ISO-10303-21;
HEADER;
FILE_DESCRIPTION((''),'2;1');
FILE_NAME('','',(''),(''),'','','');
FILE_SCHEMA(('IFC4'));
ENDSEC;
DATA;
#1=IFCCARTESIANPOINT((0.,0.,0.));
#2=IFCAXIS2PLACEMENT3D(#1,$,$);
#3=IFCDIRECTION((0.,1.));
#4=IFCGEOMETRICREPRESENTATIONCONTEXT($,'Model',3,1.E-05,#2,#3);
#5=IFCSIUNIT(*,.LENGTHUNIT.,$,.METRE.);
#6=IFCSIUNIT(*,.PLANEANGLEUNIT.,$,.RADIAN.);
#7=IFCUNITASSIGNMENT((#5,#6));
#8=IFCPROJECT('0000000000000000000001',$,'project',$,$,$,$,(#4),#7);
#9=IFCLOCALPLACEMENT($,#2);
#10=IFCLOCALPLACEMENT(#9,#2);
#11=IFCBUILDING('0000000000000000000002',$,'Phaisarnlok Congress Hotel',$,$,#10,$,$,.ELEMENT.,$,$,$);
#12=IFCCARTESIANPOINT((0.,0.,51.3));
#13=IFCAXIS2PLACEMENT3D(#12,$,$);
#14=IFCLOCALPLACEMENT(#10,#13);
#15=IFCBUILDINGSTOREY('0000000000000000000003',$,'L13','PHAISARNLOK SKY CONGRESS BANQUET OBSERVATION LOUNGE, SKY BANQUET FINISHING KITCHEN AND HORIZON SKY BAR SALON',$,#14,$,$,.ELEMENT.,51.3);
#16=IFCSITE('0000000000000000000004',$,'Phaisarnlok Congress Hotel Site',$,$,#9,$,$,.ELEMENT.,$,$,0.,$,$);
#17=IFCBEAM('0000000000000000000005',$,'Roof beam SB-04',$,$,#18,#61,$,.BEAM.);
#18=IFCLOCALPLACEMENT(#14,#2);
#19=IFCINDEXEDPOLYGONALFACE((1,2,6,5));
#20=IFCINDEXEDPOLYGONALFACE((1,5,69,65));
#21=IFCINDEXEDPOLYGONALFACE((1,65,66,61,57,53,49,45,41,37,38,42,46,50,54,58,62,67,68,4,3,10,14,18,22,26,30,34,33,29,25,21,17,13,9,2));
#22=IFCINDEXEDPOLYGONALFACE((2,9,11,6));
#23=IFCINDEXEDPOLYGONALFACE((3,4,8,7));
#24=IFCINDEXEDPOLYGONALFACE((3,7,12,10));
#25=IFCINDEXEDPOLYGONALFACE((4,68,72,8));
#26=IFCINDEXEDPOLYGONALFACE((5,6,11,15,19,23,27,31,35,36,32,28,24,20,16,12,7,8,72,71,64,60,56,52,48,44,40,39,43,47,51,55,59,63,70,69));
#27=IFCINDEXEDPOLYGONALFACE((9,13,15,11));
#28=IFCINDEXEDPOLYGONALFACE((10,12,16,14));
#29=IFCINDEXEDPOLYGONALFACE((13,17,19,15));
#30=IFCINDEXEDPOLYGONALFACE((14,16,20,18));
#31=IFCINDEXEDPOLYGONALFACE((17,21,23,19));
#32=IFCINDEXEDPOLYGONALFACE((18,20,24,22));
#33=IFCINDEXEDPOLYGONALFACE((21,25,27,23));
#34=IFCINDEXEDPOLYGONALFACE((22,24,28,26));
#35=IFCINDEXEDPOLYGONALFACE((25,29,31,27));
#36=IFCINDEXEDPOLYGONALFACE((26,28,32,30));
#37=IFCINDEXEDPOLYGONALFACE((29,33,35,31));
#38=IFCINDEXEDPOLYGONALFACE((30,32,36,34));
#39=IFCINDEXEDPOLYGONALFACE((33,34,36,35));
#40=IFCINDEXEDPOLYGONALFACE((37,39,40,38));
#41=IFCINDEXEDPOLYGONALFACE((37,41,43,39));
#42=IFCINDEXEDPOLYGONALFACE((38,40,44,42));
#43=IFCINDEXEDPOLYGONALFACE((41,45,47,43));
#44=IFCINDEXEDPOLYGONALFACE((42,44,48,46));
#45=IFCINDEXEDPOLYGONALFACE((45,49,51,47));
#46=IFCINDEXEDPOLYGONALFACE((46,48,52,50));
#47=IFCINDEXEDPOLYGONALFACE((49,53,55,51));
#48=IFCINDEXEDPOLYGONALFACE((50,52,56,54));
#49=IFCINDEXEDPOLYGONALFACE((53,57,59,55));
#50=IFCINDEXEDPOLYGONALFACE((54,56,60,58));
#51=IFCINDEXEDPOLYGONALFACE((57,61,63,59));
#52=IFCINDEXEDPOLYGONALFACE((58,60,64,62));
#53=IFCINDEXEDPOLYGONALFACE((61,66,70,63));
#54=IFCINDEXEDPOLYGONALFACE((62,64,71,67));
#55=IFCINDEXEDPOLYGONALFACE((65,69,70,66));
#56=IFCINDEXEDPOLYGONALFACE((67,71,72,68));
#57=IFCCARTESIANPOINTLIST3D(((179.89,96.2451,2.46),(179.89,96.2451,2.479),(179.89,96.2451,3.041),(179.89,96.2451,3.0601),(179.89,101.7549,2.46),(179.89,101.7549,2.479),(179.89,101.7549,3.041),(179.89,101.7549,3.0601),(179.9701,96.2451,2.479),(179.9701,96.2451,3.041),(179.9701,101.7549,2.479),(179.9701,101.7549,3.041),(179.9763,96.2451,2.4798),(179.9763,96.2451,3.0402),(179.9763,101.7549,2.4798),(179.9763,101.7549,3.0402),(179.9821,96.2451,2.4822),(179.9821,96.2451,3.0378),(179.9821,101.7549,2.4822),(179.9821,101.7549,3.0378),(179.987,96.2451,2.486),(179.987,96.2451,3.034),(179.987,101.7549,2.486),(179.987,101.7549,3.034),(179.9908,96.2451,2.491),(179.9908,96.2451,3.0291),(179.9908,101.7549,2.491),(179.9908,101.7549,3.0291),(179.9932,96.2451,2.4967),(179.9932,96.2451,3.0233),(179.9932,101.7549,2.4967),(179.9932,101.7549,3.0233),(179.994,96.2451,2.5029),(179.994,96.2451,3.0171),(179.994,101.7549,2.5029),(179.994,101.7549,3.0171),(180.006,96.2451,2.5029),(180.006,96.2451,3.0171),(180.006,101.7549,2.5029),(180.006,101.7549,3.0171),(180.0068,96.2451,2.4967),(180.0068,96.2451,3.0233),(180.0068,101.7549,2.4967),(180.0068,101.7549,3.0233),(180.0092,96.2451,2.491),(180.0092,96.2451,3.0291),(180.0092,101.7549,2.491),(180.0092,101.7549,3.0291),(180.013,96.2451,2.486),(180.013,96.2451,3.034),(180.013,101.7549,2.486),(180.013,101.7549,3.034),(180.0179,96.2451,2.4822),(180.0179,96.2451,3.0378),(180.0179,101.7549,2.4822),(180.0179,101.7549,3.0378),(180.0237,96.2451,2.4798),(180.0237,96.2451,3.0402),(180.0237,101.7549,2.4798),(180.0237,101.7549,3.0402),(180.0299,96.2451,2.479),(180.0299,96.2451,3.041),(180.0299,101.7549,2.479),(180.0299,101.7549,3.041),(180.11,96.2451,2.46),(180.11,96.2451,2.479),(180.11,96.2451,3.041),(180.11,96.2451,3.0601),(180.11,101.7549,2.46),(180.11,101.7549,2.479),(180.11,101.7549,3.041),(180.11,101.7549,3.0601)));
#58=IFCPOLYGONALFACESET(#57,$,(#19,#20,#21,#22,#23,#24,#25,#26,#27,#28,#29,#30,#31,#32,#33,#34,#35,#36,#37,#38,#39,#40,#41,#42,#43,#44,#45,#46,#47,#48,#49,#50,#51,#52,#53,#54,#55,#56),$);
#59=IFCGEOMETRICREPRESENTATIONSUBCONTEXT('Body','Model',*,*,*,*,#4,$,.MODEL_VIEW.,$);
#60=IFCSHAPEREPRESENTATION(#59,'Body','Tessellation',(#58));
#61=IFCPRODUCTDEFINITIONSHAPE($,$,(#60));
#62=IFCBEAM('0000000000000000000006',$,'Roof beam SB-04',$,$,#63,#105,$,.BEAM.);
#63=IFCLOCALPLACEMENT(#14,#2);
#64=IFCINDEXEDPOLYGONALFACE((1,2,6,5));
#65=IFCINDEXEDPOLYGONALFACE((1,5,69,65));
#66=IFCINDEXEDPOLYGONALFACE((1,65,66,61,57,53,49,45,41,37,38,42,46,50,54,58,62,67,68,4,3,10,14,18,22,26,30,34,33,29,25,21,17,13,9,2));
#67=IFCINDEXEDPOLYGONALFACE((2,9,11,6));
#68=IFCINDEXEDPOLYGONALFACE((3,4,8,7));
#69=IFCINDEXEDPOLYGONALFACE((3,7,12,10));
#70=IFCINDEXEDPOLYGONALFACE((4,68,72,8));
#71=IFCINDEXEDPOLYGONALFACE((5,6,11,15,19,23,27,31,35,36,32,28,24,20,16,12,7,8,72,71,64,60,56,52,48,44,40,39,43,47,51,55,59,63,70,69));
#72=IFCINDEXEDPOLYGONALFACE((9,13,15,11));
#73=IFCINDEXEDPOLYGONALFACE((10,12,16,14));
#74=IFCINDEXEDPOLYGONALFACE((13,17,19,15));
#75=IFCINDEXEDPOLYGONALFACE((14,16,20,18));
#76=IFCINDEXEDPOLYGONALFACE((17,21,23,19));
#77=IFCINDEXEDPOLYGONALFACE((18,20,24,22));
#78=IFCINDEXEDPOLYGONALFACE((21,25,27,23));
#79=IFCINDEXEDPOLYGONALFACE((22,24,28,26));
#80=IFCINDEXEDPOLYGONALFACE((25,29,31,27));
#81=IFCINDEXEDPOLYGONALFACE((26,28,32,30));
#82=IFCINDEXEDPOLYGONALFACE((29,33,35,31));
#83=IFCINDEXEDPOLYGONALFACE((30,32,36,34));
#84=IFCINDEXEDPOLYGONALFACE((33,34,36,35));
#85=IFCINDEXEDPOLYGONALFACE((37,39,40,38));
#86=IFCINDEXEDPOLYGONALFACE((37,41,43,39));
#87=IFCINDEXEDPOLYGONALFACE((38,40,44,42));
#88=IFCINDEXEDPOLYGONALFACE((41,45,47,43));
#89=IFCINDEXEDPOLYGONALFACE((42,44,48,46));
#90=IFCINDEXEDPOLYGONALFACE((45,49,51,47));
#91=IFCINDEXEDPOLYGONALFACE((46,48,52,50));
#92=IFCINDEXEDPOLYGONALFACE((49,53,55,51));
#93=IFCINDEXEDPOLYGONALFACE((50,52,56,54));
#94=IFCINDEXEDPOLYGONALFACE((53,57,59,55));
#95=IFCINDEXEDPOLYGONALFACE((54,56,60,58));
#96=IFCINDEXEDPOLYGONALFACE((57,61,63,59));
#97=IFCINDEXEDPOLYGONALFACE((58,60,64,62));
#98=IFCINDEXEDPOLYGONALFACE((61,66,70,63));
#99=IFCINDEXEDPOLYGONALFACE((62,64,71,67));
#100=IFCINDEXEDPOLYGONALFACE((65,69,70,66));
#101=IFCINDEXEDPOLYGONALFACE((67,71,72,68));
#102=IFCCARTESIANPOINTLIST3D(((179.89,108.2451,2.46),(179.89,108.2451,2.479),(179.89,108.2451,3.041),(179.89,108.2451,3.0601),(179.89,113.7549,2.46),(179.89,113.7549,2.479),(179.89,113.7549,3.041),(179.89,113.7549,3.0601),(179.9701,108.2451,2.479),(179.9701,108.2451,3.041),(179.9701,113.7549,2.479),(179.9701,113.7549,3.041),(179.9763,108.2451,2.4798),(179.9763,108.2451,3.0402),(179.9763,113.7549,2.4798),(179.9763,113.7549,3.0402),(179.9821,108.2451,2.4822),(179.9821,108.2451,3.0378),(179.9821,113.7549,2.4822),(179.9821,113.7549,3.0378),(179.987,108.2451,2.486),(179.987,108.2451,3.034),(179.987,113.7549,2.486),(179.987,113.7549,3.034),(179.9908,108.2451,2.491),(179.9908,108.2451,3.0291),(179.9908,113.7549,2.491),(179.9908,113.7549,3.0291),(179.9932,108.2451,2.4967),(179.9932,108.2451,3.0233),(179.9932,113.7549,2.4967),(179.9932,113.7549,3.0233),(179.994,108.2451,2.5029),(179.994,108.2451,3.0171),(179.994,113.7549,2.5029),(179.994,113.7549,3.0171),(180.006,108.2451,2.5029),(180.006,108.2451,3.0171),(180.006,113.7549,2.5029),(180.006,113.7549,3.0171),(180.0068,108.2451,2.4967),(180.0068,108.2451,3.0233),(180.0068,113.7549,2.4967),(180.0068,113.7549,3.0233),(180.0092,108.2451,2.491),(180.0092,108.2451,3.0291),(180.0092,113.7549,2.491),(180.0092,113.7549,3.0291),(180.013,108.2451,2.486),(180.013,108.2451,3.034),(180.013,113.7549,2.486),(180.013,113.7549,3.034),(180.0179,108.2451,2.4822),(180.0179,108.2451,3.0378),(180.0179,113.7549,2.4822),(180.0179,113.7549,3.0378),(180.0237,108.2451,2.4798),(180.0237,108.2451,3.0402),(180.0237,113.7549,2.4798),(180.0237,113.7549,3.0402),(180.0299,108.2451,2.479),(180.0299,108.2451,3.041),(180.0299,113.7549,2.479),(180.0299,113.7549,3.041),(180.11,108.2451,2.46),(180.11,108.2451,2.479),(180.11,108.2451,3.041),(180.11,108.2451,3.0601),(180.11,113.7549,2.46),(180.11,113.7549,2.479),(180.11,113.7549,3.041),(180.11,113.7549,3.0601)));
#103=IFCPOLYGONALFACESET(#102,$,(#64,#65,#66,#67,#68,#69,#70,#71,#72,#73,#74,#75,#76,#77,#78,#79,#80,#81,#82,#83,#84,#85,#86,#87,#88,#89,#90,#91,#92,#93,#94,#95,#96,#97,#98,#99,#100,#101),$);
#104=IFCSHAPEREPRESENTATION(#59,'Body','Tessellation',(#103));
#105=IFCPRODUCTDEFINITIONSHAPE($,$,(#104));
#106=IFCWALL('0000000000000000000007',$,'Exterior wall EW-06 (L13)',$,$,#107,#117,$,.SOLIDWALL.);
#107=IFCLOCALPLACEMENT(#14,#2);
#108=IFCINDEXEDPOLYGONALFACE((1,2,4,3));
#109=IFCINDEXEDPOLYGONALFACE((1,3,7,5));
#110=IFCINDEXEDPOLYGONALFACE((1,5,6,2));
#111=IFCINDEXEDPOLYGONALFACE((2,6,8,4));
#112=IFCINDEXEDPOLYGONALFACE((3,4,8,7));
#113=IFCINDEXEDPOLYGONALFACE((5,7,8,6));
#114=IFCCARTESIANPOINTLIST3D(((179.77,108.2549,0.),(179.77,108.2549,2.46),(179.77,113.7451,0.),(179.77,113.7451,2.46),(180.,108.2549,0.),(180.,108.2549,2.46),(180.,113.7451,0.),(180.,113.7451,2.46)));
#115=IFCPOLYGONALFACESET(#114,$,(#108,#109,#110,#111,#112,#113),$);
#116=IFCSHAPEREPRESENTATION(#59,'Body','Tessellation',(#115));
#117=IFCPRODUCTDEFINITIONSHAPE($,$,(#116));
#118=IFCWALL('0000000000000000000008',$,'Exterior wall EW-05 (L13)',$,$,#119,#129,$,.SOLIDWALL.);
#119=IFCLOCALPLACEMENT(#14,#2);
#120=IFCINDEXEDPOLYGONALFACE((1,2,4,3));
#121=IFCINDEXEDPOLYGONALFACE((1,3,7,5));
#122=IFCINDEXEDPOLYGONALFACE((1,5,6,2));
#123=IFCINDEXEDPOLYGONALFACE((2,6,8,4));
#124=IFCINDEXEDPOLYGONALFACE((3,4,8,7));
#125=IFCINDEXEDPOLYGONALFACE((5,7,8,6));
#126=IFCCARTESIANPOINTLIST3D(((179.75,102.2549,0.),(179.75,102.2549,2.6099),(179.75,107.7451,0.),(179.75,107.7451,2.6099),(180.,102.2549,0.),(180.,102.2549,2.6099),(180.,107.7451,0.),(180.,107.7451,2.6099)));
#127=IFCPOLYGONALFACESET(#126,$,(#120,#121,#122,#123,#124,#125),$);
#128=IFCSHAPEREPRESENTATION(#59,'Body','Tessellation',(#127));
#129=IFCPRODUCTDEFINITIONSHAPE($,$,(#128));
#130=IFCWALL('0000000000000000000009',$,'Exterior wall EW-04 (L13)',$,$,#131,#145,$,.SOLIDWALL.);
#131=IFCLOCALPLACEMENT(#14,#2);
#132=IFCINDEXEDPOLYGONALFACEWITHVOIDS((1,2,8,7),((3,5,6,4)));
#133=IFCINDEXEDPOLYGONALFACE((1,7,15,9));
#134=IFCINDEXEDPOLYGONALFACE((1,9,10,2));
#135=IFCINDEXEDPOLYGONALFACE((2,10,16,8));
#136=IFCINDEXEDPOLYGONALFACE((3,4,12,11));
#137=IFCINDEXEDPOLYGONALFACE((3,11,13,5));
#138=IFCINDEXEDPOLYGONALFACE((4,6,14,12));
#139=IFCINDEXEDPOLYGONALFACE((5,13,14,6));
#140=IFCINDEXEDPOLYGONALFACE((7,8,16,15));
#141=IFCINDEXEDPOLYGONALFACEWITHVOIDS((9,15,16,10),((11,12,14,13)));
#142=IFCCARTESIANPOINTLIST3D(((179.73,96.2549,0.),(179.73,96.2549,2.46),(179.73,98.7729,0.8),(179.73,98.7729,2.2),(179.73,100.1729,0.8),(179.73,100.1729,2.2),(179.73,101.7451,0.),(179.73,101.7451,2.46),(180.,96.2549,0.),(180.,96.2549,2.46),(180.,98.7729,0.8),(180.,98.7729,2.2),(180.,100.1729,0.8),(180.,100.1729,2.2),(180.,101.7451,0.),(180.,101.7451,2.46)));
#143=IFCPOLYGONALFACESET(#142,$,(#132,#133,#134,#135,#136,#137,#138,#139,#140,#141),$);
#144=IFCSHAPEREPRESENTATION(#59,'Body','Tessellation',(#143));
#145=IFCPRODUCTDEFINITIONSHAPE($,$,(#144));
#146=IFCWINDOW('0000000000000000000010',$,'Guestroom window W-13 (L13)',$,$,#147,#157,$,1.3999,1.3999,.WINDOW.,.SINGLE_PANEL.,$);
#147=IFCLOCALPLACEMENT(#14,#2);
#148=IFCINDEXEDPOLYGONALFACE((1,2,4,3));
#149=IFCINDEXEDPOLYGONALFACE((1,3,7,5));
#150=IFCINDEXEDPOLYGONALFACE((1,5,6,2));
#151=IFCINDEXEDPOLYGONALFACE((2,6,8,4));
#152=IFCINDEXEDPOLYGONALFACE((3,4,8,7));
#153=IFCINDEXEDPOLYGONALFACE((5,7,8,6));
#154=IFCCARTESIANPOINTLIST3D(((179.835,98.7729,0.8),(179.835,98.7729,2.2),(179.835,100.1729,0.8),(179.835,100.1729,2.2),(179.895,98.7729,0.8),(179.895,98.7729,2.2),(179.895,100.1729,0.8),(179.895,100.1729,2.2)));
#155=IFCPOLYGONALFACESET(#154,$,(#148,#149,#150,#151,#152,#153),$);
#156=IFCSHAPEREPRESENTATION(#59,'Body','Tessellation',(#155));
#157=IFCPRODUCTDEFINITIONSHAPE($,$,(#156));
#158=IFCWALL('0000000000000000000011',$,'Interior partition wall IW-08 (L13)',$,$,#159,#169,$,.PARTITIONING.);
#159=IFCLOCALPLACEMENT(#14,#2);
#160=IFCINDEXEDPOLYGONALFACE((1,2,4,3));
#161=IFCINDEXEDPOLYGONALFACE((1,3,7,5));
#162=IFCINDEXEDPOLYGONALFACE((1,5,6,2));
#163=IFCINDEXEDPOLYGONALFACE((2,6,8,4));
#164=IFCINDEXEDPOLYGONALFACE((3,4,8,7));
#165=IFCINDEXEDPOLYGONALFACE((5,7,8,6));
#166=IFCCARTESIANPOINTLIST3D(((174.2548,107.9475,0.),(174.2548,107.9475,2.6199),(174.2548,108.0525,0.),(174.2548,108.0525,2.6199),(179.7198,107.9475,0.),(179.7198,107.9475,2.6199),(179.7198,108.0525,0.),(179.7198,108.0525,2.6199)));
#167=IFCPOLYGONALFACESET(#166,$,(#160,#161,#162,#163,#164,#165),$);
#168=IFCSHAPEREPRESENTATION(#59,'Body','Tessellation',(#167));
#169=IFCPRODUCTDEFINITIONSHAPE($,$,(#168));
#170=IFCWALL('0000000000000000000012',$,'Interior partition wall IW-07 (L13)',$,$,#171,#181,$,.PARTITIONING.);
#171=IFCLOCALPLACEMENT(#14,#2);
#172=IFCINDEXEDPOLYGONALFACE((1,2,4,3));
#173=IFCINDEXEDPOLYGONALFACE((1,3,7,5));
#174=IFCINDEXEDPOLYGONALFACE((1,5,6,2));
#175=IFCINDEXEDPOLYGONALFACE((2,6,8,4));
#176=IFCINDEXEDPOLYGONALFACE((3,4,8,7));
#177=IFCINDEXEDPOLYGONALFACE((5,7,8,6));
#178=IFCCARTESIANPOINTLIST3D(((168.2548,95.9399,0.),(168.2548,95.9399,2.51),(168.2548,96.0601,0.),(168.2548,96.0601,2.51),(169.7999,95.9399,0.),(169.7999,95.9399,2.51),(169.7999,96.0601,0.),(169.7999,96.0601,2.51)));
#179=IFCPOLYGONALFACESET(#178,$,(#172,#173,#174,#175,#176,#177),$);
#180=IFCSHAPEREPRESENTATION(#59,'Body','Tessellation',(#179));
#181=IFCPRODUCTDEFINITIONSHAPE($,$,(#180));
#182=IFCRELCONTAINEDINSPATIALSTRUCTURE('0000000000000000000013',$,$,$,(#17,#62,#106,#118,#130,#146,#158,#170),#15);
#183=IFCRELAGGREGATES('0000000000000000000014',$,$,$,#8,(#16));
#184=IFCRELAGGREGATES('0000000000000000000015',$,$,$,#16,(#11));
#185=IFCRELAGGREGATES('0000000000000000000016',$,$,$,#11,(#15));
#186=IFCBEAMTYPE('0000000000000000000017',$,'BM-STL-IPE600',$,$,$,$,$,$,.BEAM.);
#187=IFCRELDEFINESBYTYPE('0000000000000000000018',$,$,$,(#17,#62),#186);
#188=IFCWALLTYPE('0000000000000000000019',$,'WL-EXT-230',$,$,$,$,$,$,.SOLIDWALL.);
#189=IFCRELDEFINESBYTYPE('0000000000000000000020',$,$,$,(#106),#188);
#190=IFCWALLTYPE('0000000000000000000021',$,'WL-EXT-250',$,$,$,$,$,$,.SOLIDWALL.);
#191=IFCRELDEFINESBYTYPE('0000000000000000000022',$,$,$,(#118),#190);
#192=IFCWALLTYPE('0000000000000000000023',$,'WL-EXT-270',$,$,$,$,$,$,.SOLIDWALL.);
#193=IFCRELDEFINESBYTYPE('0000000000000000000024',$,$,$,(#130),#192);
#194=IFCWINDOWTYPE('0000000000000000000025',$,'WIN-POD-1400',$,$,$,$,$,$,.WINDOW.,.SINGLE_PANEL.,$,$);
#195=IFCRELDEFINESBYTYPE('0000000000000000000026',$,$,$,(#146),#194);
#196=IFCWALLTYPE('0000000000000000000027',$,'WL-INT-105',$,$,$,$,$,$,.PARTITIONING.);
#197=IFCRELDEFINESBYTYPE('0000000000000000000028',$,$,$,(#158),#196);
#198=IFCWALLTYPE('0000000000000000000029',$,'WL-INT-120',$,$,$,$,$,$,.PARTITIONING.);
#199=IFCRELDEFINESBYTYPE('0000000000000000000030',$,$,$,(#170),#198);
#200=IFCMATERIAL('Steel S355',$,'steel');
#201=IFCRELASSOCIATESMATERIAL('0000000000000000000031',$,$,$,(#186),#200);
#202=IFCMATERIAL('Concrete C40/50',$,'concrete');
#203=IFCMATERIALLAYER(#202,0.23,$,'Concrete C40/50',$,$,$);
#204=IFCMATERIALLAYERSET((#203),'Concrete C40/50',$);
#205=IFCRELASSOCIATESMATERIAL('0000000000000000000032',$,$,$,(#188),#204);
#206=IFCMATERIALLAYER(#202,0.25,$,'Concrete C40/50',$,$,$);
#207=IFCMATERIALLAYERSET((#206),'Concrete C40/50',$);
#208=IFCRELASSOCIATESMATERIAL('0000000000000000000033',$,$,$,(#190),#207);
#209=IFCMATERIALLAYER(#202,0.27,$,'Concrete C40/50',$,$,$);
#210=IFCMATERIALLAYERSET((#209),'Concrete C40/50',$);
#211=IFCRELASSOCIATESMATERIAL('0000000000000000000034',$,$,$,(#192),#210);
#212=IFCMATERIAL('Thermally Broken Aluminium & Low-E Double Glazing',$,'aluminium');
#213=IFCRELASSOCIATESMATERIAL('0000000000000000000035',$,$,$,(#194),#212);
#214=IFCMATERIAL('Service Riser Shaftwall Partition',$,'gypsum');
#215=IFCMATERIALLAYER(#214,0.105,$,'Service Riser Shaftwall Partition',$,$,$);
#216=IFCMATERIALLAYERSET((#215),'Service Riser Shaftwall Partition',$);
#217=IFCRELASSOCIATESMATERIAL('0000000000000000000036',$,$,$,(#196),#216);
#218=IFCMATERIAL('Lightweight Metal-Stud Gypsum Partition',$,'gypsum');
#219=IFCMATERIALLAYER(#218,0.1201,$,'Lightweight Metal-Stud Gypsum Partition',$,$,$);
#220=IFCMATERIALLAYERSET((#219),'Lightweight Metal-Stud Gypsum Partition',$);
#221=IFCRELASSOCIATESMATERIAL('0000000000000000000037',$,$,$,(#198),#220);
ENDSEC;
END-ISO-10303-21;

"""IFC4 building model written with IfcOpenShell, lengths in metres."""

from ifc_helpers import new_model, si_unit, direction, frame, frame_2d, origin, origin_2d, place, context, subcontext, project, spatial, rectangle, i_section, extrude, material, layer, layer_set, material_profile, profile_set, type_object, element, fill, save


model = new_model("IFC4")

# Units and contexts
model_context = context("Model", 3, precision=1e-05, world=origin(), true_north=direction((0.0, 1.0)))
body_context = subcontext(model_context, "Body", "Model", "MODEL_VIEW")
ifc_project = project(units=[si_unit("LENGTHUNIT", "METRE"), si_unit("PLANEANGLEUNIT", "RADIAN")], contexts=[model_context])

# Site, building, storey
site_placement = place(None, origin())
site = spatial("IfcSite", under=ifc_project, at=site_placement, Name="Phaisarnlok Congress Hotel Site", CompositionType="ELEMENT", RefElevation=0.0)
building_placement = place(site_placement, origin())
building = spatial("IfcBuilding", under=site, at=building_placement, Name="Phaisarnlok Congress Hotel", CompositionType="ELEMENT")
storey_placement = place(building_placement, frame((0.0, 0.0, 51.3)))
storey = spatial("IfcBuildingStorey", under=building, at=storey_placement, Name="L13", Description="PHAISARNLOK SKY CONGRESS BANQUET OBSERVATION LOUNGE, SKY BANQUET FINISHING KITCHEN AND HORIZON SKY BAR SALON", CompositionType="ELEMENT", Elevation=51.3)

# Beams
ifc_material_1 = material(Name="Steel S355", Category="steel")
ifc_material_profile_1 = material_profile(ifc_material_1, i_section(OverallWidth=0.22, OverallDepth=0.6001, WebThickness=0.012, FlangeThickness=0.019, FilletRadius=0.0239, at=origin_2d()), Name="IPE 600")
ifc_profile_set_1 = profile_set([ifc_material_profile_1], Name="Steel S355")
beam_type_1 = type_object("IfcBeamType", Name="BM-STL-IPE600", PredefinedType="BEAM", material=ifc_profile_set_1)
for number, where, z_axis, x_axis, name in (
    (1, (180.0, 96.2451, 2.76), (0.0, 1.0, 0.0), (-1.0, 0.0, 0.0), "Roof beam SB-04"),
    (2, (180.0, 108.2451, 2.76), (0.0, 1.0, 0.0), (-1.0, 0.0, 0.0), "Roof beam SB-04"),
):
    element("IfcBeam", number, at=place(storey_placement, frame(where, z_axis=z_axis, x_axis=x_axis)), inside=storey, type_object=beam_type_1, Name=name, PredefinedType="BEAM", context=body_context, shape_type="SweptSolid", body=[
        extrude(i_section(OverallWidth=0.22, OverallDepth=0.6001, WebThickness=0.012, FlangeThickness=0.019, FilletRadius=0.0239, at=origin_2d()), origin(), (0.0, 0.0, 1.0), 5.5098),
    ])

# Walls
ifc_material_2 = material(Name="Concrete C40/50", Category="concrete")
ifc_layer_1 = layer(ifc_material_2, 0.23, Name="Concrete C40/50")
ifc_layer_set_1 = layer_set([ifc_layer_1], Name="Concrete C40/50")
wall_type_1 = type_object("IfcWallType", Name="WL-EXT-230", PredefinedType="SOLIDWALL", material=ifc_layer_set_1)
wall_1_placement = place(storey_placement, frame((179.885, 108.2549, 0.0), z_axis=(0.0, 0.0, 1.0), x_axis=(0.0, 1.0, 0.0)))
element("IfcWall", 3, at=wall_1_placement, inside=storey, type_object=wall_type_1, Name="Exterior wall EW-06 (L13)", PredefinedType="SOLIDWALL", context=body_context, shape_type="SweptSolid", body=[
    extrude(rectangle(XDim=5.4902, YDim=0.23, at=frame_2d((2.7451, 0.0))), origin(), (0.0, 0.0, 1.0), 2.46),
])
ifc_layer_2 = layer(ifc_material_2, 0.25, Name="Concrete C40/50")
ifc_layer_set_2 = layer_set([ifc_layer_2], Name="Concrete C40/50")
wall_type_2 = type_object("IfcWallType", Name="WL-EXT-250", PredefinedType="SOLIDWALL", material=ifc_layer_set_2)
wall_2_placement = place(storey_placement, frame((179.875, 102.2549, 0.0), z_axis=(0.0, 0.0, 1.0), x_axis=(0.0, 1.0, 0.0)))
element("IfcWall", 4, at=wall_2_placement, inside=storey, type_object=wall_type_2, Name="Exterior wall EW-05 (L13)", PredefinedType="SOLIDWALL", context=body_context, shape_type="SweptSolid", body=[
    extrude(rectangle(XDim=5.4902, YDim=0.25, at=frame_2d((2.7451, 0.0))), origin(), (0.0, 0.0, 1.0), 2.6099),
])

# Wall, opening, window
ifc_layer_3 = layer(ifc_material_2, 0.27, Name="Concrete C40/50")
ifc_layer_set_3 = layer_set([ifc_layer_3], Name="Concrete C40/50")
wall_type_3 = type_object("IfcWallType", Name="WL-EXT-270", PredefinedType="SOLIDWALL", material=ifc_layer_set_3)
wall_3_placement = place(storey_placement, frame((179.865, 96.2549, 0.0), z_axis=(0.0, 0.0, 1.0), x_axis=(0.0, 1.0, 0.0)))
wall_3 = element("IfcWall", 5, at=wall_3_placement, inside=storey, type_object=wall_type_3, Name="Exterior wall EW-04 (L13)", PredefinedType="SOLIDWALL", context=body_context, shape_type="SweptSolid", body=[
    extrude(rectangle(XDim=5.4902, YDim=0.27, at=frame_2d((2.7451, 0.0))), origin(), (0.0, 0.0, 1.0), 2.46),
])
opening_1_placement = place(wall_3_placement, frame((2.5181, 0.0, 0.8)))
opening_1 = element("IfcOpeningElement", 6, at=opening_1_placement, cuts=wall_3, PredefinedType="OPENING", context=body_context, shape_type="SweptSolid", body=[
    extrude(rectangle(XDim=1.3999, YDim=1.3999, at=frame_2d((0.7, 0.7))), frame((0.0, 0.145, 0.0), z_axis=(0.0, -1.0, 0.0), x_axis=(1.0, 0.0, 0.0)), (0.0, 0.0, 1.0), 0.29),
])
ifc_material_3 = material(Name="Thermally Broken Aluminium & Low-E Double Glazing", Category="aluminium")
window_type = type_object("IfcWindowType", Name="WIN-POD-1400", PartitioningType="SINGLE_PANEL", PredefinedType="WINDOW", material=ifc_material_3)
window_placement = place(opening_1_placement, origin())
window = element("IfcWindow", 7, at=window_placement, inside=storey, type_object=window_type, Name="Guestroom window W-13 (L13)", OverallHeight=1.3999, OverallWidth=1.3999, PartitioningType="SINGLE_PANEL", PredefinedType="WINDOW", context=body_context, shape_type="SweptSolid", body=[
    extrude(rectangle(XDim=1.3999, YDim=1.3999, at=frame_2d((0.7, 0.7))), frame((0.0, 0.03, 0.0), z_axis=(0.0, -1.0, 0.0), x_axis=(1.0, 0.0, 0.0)), (0.0, 0.0, 1.0), 0.0601),
])
fill(opening_1, window)

# Walls
ifc_material_4 = material(Name="Service Riser Shaftwall Partition", Category="gypsum")
ifc_layer_4 = layer(ifc_material_4, 0.105, Name="Service Riser Shaftwall Partition")
ifc_layer_set_4 = layer_set([ifc_layer_4], Name="Service Riser Shaftwall Partition")
wall_type_4 = type_object("IfcWallType", Name="WL-INT-105", PredefinedType="PARTITIONING", material=ifc_layer_set_4)
wall_4_placement = place(storey_placement, frame((174.2549, 108.0, 0.0), z_axis=(0.0, 0.0, 1.0), x_axis=(1.0, 0.0, 0.0)))
element("IfcWall", 8, at=wall_4_placement, inside=storey, type_object=wall_type_4, Name="Interior partition wall IW-08 (L13)", PredefinedType="PARTITIONING", context=body_context, shape_type="SweptSolid", body=[
    extrude(rectangle(XDim=5.4651, YDim=0.105, at=frame_2d((2.7324, 0.0))), origin(), (0.0, 0.0, 1.0), 2.6199),
])
ifc_material_5 = material(Name="Lightweight Metal-Stud Gypsum Partition", Category="gypsum")
ifc_layer_5 = layer(ifc_material_5, 0.1201, Name="Lightweight Metal-Stud Gypsum Partition")
ifc_layer_set_5 = layer_set([ifc_layer_5], Name="Lightweight Metal-Stud Gypsum Partition")
wall_type_5 = type_object("IfcWallType", Name="WL-INT-120", PredefinedType="PARTITIONING", material=ifc_layer_set_5)
wall_5_placement = place(storey_placement, frame((168.2549, 96.0, 0.0), z_axis=(0.0, 0.0, 1.0), x_axis=(1.0, 0.0, 0.0)))
element("IfcWall", 9, at=wall_5_placement, inside=storey, type_object=wall_type_5, Name="Interior partition wall IW-07 (L13)", PredefinedType="PARTITIONING", context=body_context, shape_type="SweptSolid", body=[
    extrude(rectangle(XDim=1.5452, YDim=0.1201, at=frame_2d((0.7725, 0.0))), origin(), (0.0, 0.0, 1.0), 2.51),
])

save(model, "model.ifc")
